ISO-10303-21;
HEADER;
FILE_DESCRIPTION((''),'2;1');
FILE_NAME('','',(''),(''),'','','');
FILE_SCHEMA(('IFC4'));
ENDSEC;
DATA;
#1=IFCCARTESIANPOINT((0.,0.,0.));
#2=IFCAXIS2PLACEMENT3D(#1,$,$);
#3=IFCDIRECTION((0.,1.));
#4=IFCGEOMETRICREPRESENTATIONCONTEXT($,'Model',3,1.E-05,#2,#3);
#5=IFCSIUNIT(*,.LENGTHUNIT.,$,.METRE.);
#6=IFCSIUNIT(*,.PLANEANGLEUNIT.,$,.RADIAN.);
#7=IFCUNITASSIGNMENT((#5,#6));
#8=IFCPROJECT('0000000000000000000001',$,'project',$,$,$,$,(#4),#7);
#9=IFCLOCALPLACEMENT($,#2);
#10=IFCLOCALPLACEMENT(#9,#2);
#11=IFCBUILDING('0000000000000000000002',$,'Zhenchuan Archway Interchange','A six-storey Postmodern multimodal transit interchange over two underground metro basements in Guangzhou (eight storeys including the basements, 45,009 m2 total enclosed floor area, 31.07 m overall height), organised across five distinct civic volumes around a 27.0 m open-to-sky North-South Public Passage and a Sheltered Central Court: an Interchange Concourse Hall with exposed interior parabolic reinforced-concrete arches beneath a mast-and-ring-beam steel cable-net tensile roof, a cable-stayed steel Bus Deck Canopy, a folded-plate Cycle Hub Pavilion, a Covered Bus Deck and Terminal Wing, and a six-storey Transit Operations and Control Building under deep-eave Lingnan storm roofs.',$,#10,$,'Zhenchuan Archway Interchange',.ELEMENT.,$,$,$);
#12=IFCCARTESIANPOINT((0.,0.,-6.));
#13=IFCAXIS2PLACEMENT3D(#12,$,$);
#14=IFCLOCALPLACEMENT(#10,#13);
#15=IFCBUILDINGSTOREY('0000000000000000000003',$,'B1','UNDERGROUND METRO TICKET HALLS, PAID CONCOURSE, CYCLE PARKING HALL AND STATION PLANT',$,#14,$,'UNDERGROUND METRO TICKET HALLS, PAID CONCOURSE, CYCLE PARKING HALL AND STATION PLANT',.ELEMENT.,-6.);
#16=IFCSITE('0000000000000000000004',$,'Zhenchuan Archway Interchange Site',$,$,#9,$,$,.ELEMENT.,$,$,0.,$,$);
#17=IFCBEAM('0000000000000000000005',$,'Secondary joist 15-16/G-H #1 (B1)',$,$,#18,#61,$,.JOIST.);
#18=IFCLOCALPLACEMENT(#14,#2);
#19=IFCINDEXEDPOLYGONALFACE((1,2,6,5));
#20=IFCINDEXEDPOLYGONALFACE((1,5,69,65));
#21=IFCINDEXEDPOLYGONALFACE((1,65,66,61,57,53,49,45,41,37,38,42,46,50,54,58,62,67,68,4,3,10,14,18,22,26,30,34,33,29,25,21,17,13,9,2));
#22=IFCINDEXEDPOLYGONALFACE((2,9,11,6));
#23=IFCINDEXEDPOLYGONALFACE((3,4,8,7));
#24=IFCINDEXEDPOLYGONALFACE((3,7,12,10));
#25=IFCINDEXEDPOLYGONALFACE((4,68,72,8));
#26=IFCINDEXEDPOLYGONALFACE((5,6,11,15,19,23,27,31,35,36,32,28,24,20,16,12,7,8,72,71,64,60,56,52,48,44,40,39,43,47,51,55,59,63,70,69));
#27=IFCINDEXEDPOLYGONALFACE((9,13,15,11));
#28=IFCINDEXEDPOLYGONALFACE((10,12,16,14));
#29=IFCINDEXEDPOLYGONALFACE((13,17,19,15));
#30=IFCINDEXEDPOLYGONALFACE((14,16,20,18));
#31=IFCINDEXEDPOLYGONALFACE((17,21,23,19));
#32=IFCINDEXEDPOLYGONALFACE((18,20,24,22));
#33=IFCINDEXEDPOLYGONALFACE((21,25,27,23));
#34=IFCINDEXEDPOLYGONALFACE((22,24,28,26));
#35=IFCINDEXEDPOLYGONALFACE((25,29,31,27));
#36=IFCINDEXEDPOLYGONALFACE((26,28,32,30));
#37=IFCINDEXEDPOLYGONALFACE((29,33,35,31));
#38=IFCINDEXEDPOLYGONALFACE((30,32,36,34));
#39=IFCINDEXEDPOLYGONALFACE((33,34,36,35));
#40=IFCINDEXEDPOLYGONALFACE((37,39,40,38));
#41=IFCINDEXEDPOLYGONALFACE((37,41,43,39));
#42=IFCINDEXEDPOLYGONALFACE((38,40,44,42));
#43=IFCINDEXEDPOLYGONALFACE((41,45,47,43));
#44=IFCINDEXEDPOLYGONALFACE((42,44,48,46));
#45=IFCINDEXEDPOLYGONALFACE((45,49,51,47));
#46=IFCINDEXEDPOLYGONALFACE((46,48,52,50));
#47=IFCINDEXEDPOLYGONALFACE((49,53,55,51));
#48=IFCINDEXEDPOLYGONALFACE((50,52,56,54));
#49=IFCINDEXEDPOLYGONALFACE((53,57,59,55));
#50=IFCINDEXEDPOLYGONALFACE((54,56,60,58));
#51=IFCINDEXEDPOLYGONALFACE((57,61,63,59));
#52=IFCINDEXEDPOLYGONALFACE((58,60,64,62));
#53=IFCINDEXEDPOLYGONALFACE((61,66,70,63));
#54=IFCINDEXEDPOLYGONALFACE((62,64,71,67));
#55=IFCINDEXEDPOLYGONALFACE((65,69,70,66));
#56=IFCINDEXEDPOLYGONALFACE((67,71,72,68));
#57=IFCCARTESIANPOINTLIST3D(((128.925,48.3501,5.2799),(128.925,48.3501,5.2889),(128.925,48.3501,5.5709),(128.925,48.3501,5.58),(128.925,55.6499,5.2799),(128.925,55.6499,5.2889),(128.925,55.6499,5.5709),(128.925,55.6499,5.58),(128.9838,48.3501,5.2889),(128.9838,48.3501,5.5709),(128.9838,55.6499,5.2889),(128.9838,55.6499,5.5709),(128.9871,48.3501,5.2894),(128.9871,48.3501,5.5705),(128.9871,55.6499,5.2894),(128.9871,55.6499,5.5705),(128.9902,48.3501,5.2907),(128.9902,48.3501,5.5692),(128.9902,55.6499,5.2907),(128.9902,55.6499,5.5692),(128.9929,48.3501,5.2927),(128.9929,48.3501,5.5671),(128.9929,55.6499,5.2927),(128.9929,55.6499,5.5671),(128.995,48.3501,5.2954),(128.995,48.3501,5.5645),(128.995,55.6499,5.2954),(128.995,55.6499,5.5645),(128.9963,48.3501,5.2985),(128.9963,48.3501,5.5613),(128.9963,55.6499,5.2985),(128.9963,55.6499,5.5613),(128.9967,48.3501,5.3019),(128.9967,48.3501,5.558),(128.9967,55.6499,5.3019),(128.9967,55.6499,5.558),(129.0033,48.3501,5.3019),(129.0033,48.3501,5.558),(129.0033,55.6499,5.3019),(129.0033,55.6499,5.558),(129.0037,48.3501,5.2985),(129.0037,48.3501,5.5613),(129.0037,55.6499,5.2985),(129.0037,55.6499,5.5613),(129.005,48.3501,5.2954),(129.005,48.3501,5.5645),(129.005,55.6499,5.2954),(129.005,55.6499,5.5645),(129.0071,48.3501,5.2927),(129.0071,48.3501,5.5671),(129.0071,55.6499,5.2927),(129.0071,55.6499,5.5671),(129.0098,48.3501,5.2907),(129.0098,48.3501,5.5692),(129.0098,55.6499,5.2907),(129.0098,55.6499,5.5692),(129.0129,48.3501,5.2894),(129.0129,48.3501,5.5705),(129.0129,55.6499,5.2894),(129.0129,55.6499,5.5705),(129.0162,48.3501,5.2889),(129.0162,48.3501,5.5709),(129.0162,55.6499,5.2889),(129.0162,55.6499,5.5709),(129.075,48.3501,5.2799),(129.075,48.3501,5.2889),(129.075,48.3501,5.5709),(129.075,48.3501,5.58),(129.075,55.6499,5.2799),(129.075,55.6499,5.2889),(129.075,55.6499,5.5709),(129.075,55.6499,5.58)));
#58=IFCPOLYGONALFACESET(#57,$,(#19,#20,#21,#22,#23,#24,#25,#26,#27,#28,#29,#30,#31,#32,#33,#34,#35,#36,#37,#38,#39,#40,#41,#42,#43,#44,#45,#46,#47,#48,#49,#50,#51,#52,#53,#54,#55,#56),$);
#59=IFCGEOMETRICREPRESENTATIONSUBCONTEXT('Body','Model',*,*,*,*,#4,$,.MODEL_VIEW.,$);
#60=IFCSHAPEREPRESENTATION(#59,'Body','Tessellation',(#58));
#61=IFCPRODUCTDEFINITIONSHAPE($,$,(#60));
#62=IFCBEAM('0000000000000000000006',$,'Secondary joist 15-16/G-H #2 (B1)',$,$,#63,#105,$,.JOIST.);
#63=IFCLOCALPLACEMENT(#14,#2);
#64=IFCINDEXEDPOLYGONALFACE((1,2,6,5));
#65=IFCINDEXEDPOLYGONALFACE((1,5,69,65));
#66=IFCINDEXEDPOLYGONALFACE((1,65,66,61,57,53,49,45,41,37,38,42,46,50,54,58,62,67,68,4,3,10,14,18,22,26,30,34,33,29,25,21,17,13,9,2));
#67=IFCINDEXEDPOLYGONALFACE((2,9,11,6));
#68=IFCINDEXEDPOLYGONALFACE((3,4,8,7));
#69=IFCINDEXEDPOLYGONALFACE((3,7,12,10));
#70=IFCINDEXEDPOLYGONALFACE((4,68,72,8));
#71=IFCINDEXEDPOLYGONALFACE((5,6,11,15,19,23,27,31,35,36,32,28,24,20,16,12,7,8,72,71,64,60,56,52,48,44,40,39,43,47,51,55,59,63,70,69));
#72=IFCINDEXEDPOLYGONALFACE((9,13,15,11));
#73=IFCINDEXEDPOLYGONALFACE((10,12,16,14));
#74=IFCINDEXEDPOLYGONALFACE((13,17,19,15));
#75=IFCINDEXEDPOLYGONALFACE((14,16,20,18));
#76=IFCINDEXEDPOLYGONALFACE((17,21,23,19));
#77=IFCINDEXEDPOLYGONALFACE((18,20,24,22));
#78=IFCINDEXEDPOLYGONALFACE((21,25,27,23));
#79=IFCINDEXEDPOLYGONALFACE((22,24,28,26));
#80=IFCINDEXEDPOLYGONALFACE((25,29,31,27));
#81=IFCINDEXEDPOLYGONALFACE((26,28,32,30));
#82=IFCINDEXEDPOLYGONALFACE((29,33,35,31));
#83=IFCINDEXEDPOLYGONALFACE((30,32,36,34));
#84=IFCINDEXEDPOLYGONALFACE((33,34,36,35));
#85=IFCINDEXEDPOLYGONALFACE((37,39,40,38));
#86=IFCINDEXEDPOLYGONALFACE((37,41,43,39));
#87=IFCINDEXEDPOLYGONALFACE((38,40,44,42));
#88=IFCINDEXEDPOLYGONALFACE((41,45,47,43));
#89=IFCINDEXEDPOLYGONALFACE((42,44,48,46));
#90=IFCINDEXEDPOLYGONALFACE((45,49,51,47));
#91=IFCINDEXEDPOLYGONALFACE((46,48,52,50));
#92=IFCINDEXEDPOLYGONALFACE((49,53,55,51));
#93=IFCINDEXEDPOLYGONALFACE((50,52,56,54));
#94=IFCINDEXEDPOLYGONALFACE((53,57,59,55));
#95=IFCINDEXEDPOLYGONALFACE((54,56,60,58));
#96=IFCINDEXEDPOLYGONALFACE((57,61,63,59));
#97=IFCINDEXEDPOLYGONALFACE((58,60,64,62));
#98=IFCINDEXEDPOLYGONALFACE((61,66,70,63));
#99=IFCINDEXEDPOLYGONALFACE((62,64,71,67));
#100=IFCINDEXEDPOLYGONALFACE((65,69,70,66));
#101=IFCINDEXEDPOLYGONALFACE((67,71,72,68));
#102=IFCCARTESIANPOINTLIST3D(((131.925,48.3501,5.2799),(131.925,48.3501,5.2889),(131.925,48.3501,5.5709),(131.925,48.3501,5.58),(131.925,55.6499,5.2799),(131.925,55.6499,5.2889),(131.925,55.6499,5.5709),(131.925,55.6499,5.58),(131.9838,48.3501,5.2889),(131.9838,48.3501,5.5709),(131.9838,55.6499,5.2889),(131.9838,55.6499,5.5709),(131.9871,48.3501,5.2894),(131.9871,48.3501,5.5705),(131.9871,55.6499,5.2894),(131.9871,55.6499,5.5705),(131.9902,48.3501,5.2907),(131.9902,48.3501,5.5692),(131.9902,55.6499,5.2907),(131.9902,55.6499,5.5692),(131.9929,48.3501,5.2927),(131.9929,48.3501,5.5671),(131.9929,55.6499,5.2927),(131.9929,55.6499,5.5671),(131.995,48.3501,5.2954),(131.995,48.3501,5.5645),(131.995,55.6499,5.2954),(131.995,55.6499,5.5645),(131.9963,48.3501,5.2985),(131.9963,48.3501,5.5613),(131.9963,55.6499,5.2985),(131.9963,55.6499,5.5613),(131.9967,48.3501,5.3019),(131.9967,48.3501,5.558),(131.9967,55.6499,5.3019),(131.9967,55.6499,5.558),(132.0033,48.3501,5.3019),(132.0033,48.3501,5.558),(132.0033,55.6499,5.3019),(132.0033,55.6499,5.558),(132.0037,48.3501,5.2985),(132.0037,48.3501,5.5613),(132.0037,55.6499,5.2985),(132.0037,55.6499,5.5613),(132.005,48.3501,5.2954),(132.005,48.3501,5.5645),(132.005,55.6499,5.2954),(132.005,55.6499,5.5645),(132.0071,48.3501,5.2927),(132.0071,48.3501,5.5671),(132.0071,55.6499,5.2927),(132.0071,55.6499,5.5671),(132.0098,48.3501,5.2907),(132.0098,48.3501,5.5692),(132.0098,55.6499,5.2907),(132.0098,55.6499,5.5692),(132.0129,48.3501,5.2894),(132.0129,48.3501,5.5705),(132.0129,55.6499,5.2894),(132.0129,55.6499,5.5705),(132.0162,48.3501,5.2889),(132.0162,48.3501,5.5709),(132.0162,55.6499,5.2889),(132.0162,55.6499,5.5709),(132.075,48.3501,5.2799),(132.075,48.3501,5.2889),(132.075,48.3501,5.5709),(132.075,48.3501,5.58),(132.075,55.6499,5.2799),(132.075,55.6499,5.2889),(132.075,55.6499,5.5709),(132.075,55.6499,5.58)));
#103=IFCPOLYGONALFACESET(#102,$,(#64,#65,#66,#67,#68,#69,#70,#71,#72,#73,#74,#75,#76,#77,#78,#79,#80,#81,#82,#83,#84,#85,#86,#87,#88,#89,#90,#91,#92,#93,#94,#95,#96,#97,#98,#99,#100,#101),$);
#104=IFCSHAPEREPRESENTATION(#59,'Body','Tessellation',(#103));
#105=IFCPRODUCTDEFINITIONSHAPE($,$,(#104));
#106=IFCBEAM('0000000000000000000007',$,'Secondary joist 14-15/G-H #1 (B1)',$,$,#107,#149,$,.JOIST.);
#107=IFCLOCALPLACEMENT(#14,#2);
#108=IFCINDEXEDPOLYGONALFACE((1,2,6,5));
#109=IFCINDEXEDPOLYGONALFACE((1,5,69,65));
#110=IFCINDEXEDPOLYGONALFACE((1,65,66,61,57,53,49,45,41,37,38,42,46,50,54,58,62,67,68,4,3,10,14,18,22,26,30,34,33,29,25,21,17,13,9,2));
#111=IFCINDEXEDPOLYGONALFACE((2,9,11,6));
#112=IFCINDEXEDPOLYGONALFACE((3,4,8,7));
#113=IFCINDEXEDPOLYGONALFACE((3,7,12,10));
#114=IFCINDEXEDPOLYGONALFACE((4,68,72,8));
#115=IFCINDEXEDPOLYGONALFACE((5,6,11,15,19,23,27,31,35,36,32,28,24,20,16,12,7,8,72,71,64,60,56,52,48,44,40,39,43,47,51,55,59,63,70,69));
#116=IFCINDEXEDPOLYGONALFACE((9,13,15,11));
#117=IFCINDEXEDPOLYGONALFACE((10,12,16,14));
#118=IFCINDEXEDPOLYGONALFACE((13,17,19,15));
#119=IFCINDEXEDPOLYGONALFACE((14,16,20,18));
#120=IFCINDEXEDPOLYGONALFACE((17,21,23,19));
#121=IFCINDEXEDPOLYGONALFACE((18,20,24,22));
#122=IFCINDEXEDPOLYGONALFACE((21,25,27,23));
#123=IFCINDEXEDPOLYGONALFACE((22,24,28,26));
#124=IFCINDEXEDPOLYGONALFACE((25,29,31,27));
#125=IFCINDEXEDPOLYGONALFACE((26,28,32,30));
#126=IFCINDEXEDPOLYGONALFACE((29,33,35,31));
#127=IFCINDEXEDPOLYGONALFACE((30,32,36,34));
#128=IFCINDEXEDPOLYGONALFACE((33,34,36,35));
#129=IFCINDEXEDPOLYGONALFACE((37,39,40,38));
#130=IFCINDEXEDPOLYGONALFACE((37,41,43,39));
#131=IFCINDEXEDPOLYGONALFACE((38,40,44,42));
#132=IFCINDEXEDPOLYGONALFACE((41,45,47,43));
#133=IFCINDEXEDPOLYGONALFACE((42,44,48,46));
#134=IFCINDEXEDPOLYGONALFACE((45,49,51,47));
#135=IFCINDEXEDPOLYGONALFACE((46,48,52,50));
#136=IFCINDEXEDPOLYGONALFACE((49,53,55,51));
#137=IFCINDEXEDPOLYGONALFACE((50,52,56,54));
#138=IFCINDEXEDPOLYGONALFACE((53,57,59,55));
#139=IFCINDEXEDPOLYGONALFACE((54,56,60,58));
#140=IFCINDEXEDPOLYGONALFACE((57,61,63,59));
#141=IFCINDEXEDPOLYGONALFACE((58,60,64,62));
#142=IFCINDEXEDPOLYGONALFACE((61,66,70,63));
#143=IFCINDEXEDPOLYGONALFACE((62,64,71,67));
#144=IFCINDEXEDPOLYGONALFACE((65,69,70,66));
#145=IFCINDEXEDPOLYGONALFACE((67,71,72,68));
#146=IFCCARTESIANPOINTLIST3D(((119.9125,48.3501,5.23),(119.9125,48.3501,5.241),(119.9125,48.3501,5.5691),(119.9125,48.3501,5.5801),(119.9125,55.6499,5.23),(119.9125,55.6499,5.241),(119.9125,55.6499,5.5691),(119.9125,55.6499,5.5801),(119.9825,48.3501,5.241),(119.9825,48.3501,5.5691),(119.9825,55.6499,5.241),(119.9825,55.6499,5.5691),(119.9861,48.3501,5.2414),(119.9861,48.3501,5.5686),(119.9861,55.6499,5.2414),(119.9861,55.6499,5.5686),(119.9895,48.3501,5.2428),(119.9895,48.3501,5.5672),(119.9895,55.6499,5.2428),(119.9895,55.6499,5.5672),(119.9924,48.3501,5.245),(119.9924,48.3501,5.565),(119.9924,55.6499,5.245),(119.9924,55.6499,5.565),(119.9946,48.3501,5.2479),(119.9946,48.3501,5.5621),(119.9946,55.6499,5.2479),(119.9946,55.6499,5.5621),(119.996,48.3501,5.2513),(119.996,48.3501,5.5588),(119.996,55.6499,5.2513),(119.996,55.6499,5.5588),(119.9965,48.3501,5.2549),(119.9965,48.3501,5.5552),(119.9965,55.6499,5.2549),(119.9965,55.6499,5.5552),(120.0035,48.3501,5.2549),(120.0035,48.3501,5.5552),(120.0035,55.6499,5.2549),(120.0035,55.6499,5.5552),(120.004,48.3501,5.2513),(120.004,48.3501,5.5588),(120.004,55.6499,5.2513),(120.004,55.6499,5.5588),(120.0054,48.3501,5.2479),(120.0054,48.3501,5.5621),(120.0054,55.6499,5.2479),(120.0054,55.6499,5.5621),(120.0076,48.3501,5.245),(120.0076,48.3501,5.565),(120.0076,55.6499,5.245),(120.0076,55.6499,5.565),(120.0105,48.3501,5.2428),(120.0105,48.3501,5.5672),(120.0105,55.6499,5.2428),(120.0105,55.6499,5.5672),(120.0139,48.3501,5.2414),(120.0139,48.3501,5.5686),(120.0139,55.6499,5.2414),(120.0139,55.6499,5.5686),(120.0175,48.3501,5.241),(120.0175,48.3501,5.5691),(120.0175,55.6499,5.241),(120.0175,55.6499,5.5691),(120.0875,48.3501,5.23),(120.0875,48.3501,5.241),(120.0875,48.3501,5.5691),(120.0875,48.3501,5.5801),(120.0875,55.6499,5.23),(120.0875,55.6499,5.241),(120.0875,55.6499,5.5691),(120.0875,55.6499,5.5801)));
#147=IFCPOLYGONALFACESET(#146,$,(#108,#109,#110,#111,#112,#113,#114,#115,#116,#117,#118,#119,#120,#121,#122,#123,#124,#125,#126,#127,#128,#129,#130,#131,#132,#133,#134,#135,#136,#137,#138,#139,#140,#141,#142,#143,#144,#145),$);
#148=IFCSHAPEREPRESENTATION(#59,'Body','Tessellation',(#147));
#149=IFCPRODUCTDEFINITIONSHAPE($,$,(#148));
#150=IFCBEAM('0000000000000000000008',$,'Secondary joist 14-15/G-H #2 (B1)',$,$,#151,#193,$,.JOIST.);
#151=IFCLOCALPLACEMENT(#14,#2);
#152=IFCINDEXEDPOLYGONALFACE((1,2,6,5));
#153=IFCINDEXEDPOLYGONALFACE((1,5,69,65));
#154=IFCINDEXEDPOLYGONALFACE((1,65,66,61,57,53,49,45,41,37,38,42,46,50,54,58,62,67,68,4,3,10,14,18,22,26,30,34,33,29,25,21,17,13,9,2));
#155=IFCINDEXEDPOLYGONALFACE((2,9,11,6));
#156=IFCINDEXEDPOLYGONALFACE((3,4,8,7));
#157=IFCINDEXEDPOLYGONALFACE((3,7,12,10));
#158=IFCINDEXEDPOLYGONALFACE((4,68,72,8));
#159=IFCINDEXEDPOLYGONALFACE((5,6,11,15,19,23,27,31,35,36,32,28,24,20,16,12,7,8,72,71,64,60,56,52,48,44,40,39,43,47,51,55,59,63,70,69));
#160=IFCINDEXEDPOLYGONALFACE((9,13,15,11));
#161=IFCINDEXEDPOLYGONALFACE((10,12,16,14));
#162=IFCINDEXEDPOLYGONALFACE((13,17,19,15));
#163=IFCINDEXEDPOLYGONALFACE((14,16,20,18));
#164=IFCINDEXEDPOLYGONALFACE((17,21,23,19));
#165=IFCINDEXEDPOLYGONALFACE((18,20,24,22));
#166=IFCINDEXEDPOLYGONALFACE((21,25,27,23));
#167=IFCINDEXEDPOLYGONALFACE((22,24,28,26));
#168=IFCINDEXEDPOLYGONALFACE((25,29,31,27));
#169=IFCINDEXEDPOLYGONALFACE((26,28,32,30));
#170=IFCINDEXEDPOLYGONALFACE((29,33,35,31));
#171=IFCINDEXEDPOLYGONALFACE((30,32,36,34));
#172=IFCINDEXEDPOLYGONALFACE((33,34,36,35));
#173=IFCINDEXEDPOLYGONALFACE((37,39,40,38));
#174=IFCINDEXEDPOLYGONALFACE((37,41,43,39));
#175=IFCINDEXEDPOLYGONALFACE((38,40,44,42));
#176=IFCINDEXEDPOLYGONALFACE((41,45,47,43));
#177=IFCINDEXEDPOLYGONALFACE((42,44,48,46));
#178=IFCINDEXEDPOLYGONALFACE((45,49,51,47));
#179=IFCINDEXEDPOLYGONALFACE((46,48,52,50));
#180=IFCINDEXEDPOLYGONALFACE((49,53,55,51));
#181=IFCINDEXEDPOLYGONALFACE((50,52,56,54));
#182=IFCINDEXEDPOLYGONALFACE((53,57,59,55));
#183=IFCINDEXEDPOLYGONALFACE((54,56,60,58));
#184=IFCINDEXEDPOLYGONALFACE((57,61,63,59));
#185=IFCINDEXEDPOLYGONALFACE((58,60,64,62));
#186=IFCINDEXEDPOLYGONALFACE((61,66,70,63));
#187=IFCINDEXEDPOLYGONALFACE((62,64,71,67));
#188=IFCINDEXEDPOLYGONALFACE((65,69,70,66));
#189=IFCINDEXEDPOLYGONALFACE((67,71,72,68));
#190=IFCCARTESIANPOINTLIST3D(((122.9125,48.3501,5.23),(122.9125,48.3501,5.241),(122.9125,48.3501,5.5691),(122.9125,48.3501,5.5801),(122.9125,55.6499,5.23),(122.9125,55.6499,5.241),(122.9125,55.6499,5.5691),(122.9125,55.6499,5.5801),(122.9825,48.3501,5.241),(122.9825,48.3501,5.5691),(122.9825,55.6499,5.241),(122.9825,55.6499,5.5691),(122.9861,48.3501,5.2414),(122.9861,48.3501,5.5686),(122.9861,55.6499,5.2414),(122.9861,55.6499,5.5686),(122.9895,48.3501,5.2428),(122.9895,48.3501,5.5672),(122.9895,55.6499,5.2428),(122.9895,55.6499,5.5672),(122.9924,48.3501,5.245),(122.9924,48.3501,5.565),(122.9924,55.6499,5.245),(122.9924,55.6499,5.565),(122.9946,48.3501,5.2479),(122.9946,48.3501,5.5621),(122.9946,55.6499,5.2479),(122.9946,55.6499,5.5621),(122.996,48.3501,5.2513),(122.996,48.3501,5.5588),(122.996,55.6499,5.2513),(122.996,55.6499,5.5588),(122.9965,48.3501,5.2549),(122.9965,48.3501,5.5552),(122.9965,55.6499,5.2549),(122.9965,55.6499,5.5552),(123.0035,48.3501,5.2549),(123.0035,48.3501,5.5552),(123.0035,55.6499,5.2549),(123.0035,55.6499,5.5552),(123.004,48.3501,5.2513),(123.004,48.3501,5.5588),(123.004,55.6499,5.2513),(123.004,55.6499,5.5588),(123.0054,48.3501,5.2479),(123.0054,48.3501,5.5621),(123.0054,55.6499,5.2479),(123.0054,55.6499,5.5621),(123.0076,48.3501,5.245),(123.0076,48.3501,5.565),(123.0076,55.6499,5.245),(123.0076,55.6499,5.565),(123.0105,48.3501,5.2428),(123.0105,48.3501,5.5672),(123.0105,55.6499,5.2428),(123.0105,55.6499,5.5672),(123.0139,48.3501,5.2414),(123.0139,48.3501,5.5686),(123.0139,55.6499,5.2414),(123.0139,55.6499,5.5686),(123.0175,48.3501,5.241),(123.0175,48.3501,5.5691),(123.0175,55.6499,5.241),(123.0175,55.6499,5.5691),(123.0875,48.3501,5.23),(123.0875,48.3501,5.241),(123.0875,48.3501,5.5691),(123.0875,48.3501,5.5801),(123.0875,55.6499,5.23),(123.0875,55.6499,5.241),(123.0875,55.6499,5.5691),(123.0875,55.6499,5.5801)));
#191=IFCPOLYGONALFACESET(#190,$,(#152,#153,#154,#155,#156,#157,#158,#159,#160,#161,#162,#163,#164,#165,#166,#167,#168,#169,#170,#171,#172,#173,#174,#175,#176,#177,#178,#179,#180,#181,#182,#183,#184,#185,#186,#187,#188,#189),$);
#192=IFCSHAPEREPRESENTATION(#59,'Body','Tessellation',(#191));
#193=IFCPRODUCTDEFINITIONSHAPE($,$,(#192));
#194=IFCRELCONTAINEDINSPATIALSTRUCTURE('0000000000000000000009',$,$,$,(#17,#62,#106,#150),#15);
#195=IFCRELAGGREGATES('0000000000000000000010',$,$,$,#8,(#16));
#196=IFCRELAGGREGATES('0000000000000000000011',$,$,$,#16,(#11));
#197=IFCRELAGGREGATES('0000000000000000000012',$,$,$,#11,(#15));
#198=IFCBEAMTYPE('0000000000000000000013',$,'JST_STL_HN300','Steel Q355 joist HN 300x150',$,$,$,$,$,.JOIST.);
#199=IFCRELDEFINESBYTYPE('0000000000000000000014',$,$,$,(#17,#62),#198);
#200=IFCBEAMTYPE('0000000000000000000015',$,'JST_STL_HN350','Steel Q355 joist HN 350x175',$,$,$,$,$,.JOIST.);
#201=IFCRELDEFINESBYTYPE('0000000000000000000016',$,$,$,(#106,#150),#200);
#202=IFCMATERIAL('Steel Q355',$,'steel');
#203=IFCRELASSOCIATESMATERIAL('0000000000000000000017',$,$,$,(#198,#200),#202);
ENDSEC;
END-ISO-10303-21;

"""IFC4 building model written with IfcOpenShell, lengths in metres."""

from ifc_helpers import new_model, si_unit, direction, frame, origin, origin_2d, place, context, subcontext, project, spatial, i_section, extrude, material, material_profile, profile_set, type_object, element, save


model = new_model("IFC4")

# Units and contexts
model_context = context("Model", 3, precision=1e-05, world=origin(), true_north=direction((0.0, 1.0)))
body_context = subcontext(model_context, "Body", "Model", "MODEL_VIEW")
ifc_project = project(units=[si_unit("LENGTHUNIT", "METRE"), si_unit("PLANEANGLEUNIT", "RADIAN")], contexts=[model_context])

# Site, building, storey
site_placement = place(None, origin())
site = spatial("IfcSite", under=ifc_project, at=site_placement, Name="Zhenchuan Archway Interchange Site", CompositionType="ELEMENT", RefElevation=0.0)
building_placement = place(site_placement, origin())
building = spatial("IfcBuilding", under=site, at=building_placement, Name="Zhenchuan Archway Interchange", Description="A six-storey Postmodern multimodal transit interchange over two underground metro basements in Guangzhou (eight storeys including the basements, 45,009 m2 total enclosed floor area, 31.07 m overall height), organised across five distinct civic volumes around a 27.0 m open-to-sky North-South Public Passage and a Sheltered Central Court: an Interchange Concourse Hall with exposed interior parabolic reinforced-concrete arches beneath a mast-and-ring-beam steel cable-net tensile roof, a cable-stayed steel Bus Deck Canopy, a folded-plate Cycle Hub Pavilion, a Covered Bus Deck and Terminal Wing, and a six-storey Transit Operations and Control Building under deep-eave Lingnan storm roofs.", LongName="Zhenchuan Archway Interchange", CompositionType="ELEMENT")
storey_placement = place(building_placement, frame((0.0, 0.0, -6.0)))
storey = spatial("IfcBuildingStorey", under=building, at=storey_placement, Name="B1", Description="UNDERGROUND METRO TICKET HALLS, PAID CONCOURSE, CYCLE PARKING HALL AND STATION PLANT", LongName="UNDERGROUND METRO TICKET HALLS, PAID CONCOURSE, CYCLE PARKING HALL AND STATION PLANT", CompositionType="ELEMENT", Elevation=-6.0)

# Beams
ifc_material_1 = material(Name="Steel Q355", Category="steel")
ifc_material_profile_1 = material_profile(ifc_material_1, i_section(OverallWidth=0.1499, OverallDepth=0.3, WebThickness=0.0066, FlangeThickness=0.009, FilletRadius=0.0129, at=origin_2d()), Name="HN 300x150")
ifc_profile_set_1 = profile_set([ifc_material_profile_1], Name="Steel Q355")
beam_type_1 = type_object("IfcBeamType", Name="JST_STL_HN300", Description="Steel Q355 joist HN 300x150", PredefinedType="JOIST", material=ifc_profile_set_1)
for number, where, z_axis, x_axis, name in (
    (1, (129.0, 48.3501, 5.4299), (0.0, 1.0, 0.0), (-1.0, 0.0, 0.0), "Secondary joist 15-16/G-H #1 (B1)"),
    (2, (132.0, 48.3501, 5.4299), (0.0, 1.0, 0.0), (-1.0, 0.0, 0.0), "Secondary joist 15-16/G-H #2 (B1)"),
):
    element("IfcBeam", number, at=place(storey_placement, frame(where, z_axis=z_axis, x_axis=x_axis)), inside=storey, type_object=beam_type_1, Name=name, PredefinedType="JOIST", context=body_context, shape_type="SweptSolid", body=[
        extrude(i_section(OverallWidth=0.1499, OverallDepth=0.3, WebThickness=0.0066, FlangeThickness=0.009, FilletRadius=0.0129, at=origin_2d()), origin(), (0.0, 0.0, 1.0), 7.2998),
    ])
ifc_material_profile_2 = material_profile(ifc_material_1, i_section(OverallWidth=0.175, OverallDepth=0.3501, WebThickness=0.0071, FlangeThickness=0.011, FilletRadius=0.0139, at=origin_2d()), Name="HN 350x175")
ifc_profile_set_2 = profile_set([ifc_material_profile_2], Name="Steel Q355")
beam_type_2 = type_object("IfcBeamType", Name="JST_STL_HN350", Description="Steel Q355 joist HN 350x175", PredefinedType="JOIST", material=ifc_profile_set_2)
for number, where, z_axis, x_axis, name in (
    (3, (120.0, 48.3501, 5.405), (0.0, 1.0, 0.0), (-1.0, 0.0, 0.0), "Secondary joist 14-15/G-H #1 (B1)"),
    (4, (123.0, 48.3501, 5.405), (0.0, 1.0, 0.0), (-1.0, 0.0, 0.0), "Secondary joist 14-15/G-H #2 (B1)"),
):
    element("IfcBeam", number, at=place(storey_placement, frame(where, z_axis=z_axis, x_axis=x_axis)), inside=storey, type_object=beam_type_2, Name=name, PredefinedType="JOIST", context=body_context, shape_type="SweptSolid", body=[
        extrude(i_section(OverallWidth=0.175, OverallDepth=0.3501, WebThickness=0.0071, FlangeThickness=0.011, FilletRadius=0.0139, at=origin_2d()), origin(), (0.0, 0.0, 1.0), 7.2998),
    ])

save(model, "model.ifc")
